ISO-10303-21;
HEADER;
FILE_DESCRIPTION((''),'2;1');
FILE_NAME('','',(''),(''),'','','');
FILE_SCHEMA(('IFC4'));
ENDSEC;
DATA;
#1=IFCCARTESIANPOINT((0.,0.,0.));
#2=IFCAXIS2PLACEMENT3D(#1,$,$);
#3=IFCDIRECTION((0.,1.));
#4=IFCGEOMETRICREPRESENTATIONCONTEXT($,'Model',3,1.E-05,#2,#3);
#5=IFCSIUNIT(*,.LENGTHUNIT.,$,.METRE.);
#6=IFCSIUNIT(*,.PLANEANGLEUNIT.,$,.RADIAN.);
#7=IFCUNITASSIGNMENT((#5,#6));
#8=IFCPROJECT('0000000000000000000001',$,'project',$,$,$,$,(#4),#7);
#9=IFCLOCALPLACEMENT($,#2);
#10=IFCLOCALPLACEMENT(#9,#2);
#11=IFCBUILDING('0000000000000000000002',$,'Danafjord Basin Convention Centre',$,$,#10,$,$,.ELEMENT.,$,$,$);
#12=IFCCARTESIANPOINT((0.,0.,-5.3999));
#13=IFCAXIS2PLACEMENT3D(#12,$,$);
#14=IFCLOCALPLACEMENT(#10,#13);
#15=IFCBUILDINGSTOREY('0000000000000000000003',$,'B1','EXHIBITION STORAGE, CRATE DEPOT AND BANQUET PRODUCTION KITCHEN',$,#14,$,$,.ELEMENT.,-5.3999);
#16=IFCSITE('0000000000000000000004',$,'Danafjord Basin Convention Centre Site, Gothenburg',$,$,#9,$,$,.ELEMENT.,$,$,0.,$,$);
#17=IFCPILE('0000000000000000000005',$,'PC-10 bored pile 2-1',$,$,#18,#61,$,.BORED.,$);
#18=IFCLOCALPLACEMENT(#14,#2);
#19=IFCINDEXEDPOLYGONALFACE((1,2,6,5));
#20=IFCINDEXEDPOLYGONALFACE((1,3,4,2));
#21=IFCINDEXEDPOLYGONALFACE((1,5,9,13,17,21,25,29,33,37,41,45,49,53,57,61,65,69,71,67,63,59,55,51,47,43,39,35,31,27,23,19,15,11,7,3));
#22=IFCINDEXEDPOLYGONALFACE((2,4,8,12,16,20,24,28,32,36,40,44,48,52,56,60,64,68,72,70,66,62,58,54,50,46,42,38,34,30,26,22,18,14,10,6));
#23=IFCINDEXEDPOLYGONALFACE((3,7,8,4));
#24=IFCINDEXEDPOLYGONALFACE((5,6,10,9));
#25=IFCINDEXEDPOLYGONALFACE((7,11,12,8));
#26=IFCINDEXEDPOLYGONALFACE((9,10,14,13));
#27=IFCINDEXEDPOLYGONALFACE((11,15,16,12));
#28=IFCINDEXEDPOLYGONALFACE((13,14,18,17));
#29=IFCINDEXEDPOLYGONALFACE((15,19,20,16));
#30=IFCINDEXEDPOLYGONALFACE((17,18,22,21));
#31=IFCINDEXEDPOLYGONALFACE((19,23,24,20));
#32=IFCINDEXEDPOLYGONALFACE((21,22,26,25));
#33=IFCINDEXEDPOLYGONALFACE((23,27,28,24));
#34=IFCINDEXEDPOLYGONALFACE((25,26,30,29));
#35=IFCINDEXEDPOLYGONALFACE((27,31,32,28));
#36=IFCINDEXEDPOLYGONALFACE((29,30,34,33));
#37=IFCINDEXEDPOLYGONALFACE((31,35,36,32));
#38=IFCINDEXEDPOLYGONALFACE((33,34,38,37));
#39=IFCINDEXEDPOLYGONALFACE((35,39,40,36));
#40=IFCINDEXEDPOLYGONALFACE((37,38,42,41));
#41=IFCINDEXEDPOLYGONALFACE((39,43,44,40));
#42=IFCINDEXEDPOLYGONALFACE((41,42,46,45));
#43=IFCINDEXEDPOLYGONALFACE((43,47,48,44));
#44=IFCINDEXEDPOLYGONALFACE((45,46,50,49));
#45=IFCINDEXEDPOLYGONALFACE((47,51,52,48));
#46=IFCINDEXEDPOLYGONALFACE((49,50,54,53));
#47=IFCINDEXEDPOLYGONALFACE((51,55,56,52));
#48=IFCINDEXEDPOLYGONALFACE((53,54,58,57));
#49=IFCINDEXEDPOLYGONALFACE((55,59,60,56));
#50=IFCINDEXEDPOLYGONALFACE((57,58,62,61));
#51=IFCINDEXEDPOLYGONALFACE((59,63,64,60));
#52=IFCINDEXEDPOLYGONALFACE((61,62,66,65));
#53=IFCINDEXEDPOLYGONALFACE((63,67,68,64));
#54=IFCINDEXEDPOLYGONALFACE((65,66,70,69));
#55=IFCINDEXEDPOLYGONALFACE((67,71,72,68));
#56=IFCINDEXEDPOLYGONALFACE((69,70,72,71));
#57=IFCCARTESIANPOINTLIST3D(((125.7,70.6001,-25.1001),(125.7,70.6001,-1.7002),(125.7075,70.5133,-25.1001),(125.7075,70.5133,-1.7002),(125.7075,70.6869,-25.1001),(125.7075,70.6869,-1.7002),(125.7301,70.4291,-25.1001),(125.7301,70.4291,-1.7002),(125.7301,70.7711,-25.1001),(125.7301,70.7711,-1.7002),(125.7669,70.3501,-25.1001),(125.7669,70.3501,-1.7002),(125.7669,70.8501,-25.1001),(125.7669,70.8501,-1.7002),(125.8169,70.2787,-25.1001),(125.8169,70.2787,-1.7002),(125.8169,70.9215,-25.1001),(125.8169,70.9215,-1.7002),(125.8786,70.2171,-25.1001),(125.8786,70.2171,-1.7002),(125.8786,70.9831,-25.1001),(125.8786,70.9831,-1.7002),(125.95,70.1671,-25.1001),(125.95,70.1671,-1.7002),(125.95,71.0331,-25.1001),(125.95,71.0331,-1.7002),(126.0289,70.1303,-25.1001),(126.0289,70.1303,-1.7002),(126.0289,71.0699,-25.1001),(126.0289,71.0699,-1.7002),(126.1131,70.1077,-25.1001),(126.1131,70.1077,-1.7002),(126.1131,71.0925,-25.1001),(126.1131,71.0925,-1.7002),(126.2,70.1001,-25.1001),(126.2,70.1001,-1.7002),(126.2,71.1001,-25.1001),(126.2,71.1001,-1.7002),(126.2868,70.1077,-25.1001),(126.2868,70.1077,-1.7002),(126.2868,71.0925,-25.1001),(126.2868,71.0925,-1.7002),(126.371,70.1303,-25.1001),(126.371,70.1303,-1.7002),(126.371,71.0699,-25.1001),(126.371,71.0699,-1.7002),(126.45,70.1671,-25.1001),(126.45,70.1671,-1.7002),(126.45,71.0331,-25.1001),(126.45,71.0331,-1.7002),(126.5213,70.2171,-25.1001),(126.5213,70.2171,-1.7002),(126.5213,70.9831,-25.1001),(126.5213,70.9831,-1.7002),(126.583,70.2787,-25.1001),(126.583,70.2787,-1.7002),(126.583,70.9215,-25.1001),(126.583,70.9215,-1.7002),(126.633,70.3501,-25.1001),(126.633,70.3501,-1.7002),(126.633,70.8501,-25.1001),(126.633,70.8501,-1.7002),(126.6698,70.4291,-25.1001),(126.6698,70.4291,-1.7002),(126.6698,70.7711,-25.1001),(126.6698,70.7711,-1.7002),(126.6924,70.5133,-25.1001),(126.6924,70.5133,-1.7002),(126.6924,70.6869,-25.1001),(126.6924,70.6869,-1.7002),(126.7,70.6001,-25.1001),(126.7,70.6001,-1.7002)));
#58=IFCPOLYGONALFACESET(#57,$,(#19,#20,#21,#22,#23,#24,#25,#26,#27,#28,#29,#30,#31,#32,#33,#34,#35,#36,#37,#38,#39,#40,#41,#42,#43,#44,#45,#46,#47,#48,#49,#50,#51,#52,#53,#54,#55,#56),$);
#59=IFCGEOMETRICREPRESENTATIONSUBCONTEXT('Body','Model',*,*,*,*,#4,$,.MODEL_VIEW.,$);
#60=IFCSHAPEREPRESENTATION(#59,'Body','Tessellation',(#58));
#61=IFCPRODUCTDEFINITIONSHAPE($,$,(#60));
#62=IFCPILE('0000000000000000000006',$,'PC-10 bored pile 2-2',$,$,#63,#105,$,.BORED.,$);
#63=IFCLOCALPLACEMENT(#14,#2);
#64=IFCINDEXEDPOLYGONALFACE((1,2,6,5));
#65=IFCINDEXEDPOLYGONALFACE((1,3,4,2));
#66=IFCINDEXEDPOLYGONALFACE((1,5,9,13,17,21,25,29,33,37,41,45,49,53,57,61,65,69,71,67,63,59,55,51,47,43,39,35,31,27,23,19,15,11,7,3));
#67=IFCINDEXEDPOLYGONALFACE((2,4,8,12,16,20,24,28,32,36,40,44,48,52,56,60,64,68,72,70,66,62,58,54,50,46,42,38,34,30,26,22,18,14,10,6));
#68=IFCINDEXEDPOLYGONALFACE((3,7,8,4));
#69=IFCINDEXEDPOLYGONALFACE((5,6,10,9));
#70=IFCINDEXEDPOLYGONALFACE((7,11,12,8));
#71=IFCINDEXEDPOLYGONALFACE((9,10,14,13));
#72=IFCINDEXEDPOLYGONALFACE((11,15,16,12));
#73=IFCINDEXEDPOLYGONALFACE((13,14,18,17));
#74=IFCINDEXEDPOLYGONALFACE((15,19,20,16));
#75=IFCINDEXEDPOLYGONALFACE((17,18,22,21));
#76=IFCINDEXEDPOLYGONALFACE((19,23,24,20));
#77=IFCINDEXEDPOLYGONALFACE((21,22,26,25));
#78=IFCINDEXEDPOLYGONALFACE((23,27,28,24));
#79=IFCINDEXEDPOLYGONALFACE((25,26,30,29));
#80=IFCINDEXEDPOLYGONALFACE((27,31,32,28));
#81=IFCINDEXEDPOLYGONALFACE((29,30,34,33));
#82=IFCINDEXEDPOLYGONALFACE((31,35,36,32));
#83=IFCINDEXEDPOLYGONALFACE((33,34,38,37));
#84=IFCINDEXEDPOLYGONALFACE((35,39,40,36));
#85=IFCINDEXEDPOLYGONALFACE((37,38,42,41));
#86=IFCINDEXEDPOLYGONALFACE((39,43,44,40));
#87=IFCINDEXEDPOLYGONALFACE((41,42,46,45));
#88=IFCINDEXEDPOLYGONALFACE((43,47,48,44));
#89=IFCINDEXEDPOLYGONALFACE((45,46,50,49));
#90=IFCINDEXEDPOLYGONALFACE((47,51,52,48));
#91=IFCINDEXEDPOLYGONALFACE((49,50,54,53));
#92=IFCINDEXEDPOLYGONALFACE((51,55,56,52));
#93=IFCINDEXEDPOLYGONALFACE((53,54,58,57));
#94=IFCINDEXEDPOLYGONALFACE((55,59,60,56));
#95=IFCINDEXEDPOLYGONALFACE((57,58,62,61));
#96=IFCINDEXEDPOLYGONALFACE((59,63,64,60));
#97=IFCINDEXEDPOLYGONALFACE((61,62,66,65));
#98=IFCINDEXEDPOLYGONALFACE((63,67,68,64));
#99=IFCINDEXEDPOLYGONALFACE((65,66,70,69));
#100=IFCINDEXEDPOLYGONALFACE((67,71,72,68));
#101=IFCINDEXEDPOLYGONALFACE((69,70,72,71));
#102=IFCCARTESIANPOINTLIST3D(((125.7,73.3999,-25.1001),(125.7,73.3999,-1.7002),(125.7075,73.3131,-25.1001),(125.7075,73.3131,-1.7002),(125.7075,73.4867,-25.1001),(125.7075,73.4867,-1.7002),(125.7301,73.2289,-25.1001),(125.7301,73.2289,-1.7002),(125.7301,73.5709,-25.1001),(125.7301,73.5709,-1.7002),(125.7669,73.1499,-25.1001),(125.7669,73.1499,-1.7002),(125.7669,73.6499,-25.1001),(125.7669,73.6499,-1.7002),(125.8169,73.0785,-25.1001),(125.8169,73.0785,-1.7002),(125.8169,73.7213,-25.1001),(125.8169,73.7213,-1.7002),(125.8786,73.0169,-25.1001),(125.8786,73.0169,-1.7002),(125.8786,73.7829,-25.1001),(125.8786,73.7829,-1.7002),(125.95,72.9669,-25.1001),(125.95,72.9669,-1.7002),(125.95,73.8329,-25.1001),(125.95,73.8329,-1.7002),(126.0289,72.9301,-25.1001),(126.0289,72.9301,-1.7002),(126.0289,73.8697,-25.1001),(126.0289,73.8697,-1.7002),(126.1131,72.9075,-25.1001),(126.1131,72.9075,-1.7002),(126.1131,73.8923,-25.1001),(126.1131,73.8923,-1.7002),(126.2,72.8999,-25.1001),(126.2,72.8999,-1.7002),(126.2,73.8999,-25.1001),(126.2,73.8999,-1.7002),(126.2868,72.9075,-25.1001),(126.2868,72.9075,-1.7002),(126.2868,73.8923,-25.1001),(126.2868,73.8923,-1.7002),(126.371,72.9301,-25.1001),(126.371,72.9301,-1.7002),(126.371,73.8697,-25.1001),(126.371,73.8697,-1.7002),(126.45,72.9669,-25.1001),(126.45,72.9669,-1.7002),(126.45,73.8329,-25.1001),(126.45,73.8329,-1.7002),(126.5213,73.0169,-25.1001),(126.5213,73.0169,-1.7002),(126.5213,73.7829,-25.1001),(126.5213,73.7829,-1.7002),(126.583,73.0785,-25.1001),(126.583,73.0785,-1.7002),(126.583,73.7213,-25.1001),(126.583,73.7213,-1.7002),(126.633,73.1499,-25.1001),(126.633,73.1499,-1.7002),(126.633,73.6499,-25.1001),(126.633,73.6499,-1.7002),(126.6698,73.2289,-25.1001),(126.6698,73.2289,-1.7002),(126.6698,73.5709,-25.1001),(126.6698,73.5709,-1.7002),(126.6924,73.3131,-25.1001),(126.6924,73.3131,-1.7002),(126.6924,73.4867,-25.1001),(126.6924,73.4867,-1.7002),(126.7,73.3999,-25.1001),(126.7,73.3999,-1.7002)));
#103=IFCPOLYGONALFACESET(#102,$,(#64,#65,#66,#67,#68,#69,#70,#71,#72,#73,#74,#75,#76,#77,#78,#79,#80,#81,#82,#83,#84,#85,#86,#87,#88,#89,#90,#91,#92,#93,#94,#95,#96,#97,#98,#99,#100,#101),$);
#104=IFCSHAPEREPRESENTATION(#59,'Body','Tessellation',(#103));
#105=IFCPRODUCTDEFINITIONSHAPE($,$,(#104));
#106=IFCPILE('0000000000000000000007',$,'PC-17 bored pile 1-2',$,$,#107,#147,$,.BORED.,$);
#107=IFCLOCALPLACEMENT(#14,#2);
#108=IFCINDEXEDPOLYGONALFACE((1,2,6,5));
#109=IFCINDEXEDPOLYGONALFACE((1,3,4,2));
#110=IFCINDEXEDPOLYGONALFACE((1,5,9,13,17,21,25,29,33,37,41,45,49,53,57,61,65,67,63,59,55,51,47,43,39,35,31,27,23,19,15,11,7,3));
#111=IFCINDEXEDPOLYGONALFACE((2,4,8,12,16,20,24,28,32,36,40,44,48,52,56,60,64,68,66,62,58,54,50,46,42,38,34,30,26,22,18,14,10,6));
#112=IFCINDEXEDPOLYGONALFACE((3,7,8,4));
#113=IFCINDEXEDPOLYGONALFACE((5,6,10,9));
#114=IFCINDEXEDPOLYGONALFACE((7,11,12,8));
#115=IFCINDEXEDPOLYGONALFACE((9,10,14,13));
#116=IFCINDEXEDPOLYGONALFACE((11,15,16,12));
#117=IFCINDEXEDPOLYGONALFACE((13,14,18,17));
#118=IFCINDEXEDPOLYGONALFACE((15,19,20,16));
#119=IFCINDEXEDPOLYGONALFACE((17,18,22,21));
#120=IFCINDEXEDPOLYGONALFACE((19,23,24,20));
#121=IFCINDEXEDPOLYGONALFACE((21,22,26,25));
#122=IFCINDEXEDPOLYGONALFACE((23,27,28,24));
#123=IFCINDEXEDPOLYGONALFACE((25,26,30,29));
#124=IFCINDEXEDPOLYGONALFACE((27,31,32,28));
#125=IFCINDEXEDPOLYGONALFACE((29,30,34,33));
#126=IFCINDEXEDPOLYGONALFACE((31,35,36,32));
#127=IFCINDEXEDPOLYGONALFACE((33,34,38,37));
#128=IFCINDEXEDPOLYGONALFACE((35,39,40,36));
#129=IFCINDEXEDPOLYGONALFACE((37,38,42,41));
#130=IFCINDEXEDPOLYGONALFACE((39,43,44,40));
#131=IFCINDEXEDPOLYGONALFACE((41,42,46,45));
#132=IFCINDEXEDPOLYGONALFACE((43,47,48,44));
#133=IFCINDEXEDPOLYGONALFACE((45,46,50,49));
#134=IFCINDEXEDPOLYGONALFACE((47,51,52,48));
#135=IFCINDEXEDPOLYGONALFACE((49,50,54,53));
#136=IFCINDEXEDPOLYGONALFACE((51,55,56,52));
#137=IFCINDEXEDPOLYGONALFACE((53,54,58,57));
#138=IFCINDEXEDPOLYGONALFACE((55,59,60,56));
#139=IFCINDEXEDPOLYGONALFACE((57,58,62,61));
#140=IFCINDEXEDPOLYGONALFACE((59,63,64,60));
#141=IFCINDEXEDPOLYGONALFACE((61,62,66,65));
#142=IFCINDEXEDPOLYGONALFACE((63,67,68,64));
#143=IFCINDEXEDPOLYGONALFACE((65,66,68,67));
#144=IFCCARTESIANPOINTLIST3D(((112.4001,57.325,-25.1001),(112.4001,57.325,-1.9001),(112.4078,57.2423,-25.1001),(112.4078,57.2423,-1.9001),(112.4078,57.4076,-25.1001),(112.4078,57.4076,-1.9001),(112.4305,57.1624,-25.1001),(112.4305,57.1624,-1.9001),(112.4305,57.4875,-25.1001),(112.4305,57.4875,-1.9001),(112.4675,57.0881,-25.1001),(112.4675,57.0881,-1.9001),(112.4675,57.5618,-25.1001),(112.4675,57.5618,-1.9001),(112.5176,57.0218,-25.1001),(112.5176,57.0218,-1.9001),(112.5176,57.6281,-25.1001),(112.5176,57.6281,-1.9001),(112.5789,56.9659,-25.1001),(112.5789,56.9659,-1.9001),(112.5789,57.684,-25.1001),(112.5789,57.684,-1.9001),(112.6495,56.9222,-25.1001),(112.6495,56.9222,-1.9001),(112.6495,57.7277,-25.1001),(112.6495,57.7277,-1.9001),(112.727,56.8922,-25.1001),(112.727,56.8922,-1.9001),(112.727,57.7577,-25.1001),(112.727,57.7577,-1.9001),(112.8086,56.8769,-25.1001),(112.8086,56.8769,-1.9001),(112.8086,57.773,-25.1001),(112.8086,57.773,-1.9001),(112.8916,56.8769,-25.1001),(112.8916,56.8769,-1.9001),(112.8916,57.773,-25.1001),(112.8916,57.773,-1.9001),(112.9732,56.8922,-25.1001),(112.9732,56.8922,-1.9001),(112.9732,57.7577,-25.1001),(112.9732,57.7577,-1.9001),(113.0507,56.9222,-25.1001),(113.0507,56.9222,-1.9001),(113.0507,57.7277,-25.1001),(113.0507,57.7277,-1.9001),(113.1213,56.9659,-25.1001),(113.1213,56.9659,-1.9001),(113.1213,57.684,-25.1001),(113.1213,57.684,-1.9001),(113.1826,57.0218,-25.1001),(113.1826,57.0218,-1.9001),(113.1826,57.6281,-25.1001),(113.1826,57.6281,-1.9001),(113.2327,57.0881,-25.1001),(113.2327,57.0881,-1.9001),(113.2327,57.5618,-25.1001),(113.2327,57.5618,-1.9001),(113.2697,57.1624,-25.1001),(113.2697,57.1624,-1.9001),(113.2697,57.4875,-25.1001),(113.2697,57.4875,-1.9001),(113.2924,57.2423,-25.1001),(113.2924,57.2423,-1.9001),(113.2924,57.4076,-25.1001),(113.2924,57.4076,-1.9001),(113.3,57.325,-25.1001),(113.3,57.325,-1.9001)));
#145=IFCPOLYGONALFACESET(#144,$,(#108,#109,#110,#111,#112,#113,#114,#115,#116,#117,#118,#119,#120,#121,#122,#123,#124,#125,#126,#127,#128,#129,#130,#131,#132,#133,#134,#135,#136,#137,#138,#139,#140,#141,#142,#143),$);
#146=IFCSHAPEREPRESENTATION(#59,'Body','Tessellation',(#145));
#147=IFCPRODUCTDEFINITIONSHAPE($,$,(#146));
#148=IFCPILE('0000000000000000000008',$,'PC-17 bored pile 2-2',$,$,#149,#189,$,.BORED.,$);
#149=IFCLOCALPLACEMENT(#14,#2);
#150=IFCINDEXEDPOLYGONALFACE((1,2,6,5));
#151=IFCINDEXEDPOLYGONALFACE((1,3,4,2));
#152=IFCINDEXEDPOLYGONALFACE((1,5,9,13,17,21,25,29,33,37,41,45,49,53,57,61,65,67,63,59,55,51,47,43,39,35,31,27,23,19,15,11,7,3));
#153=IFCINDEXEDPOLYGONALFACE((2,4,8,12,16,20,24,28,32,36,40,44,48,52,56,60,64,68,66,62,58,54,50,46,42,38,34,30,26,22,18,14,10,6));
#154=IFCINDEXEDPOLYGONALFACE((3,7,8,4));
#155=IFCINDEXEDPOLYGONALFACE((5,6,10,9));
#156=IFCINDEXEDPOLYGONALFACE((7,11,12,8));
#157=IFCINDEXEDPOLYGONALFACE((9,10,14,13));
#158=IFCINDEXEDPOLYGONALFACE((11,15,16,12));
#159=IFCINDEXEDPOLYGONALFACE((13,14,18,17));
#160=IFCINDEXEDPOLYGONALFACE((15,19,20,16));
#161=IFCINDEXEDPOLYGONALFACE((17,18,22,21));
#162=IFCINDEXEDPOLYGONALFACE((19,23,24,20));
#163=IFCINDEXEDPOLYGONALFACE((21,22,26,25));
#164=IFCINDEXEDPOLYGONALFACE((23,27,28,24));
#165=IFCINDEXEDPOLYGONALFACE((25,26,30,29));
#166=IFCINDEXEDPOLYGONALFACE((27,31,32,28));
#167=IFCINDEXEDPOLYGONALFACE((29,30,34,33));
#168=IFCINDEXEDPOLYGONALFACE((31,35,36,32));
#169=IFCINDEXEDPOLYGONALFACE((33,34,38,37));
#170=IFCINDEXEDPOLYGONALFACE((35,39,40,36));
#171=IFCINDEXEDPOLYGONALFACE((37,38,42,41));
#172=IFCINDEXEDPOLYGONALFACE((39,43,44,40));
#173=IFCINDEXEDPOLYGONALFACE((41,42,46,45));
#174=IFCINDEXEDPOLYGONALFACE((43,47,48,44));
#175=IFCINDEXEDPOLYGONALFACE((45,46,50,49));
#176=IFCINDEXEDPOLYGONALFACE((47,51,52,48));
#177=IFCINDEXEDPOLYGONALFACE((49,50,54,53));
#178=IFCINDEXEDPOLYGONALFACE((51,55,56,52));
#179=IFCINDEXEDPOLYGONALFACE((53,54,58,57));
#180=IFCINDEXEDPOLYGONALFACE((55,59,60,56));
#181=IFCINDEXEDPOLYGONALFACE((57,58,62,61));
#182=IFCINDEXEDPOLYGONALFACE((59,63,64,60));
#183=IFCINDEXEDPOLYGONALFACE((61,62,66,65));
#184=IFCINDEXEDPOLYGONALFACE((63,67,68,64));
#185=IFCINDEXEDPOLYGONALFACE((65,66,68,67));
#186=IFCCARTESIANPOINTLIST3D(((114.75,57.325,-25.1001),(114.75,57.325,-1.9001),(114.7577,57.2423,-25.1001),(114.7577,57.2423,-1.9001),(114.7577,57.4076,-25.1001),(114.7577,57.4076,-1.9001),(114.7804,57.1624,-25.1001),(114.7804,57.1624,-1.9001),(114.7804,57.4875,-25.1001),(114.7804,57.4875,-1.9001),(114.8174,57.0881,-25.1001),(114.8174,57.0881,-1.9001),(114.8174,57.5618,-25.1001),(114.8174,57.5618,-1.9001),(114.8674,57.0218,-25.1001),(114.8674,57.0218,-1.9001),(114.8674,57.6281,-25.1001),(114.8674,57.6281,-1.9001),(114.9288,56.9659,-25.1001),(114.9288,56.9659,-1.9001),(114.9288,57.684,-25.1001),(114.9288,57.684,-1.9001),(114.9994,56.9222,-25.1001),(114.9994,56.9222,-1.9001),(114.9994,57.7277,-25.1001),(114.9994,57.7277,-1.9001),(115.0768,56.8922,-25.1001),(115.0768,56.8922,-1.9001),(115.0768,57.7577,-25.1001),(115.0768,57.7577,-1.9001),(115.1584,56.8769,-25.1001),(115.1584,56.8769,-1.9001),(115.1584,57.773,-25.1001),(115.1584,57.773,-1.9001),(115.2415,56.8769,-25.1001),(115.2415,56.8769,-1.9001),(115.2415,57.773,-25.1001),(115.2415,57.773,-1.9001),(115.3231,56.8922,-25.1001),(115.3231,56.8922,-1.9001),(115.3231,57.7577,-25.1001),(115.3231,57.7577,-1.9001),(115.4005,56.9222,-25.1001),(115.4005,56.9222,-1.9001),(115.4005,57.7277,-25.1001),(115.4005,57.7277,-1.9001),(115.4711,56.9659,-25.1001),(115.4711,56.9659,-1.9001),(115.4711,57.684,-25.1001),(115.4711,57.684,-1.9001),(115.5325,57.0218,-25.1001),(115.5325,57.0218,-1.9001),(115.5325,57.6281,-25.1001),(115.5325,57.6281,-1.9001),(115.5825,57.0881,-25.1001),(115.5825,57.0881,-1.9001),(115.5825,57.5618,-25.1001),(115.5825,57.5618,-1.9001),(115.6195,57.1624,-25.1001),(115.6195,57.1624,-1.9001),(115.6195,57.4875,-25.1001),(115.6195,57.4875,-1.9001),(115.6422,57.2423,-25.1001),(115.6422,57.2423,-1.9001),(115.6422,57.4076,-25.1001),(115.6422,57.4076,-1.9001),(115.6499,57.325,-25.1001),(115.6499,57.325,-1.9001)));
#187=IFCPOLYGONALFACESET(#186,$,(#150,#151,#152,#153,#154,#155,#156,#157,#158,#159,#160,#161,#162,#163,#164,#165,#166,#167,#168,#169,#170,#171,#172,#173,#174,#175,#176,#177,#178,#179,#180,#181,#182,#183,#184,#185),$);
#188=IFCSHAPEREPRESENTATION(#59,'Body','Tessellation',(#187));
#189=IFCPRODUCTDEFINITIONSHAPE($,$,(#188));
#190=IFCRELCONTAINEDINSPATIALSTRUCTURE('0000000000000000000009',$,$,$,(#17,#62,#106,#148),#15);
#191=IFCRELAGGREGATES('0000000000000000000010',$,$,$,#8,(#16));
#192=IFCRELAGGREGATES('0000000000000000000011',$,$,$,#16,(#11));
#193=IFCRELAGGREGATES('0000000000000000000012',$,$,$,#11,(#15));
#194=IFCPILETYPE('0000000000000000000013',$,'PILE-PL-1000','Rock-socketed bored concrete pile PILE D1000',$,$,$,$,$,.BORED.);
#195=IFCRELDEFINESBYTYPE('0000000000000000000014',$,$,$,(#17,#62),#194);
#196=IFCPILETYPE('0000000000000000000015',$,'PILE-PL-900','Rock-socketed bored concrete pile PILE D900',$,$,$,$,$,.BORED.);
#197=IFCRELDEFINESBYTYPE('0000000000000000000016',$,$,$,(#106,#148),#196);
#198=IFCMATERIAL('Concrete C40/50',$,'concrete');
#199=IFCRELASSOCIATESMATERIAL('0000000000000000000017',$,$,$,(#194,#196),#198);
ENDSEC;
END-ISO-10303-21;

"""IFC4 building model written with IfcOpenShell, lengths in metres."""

from ifc_helpers import new_model, si_unit, direction, frame, origin, origin_2d, place, context, subcontext, project, spatial, circle, extrude, material, material_profile, profile_set, type_object, element, save


model = new_model("IFC4")

# Units and contexts
model_context = context("Model", 3, precision=1e-05, world=origin(), true_north=direction((0.0, 1.0)))
body_context = subcontext(model_context, "Body", "Model", "MODEL_VIEW")
ifc_project = project(units=[si_unit("LENGTHUNIT", "METRE"), si_unit("PLANEANGLEUNIT", "RADIAN")], contexts=[model_context])

# Site, building, storey
site_placement = place(None, origin())
site = spatial("IfcSite", under=ifc_project, at=site_placement, Name="Danafjord Basin Convention Centre Site, Gothenburg", CompositionType="ELEMENT", RefElevation=0.0)
building_placement = place(site_placement, origin())
building = spatial("IfcBuilding", under=site, at=building_placement, Name="Danafjord Basin Convention Centre", CompositionType="ELEMENT")
storey_placement = place(building_placement, frame((0.0, 0.0, -5.3999)))
storey = spatial("IfcBuildingStorey", under=building, at=storey_placement, Name="B1", Description="EXHIBITION STORAGE, CRATE DEPOT AND BANQUET PRODUCTION KITCHEN", CompositionType="ELEMENT", Elevation=-5.3999)

# Shared definitions
ifc_material_1 = material(Name="Concrete C40/50", Category="concrete")

# Piles
ifc_material_profile_1 = material_profile(ifc_material_1, circle(Radius=0.5, at=origin_2d()), Name="PILE D1000")
ifc_profile_set_1 = profile_set([ifc_material_profile_1], Name="Concrete C40/50")
pile_type_1 = type_object("IfcPileType", Name="PILE-PL-1000", Description="Rock-socketed bored concrete pile PILE D1000", PredefinedType="BORED", material=ifc_profile_set_1)
for number, where, z_axis, x_axis, name in (
    (1, (126.2, 70.6001, -1.7002), (0.0, 0.0, -1.0), (1.0, 0.0, 0.0), "PC-10 bored pile 2-1"),
    (2, (126.2, 73.3999, -1.7002), (0.0, 0.0, -1.0), (1.0, 0.0, 0.0), "PC-10 bored pile 2-2"),
):
    element("IfcPile", number, at=place(storey_placement, frame(where, z_axis=z_axis, x_axis=x_axis)), inside=storey, type_object=pile_type_1, Name=name, PredefinedType="BORED", context=body_context, shape_type="SweptSolid", body=[
        extrude(circle(Radius=0.5, at=origin_2d()), origin(), (0.0, 0.0, 1.0), 23.3999),
    ])
ifc_material_profile_2 = material_profile(ifc_material_1, circle(Radius=0.45, at=origin_2d()), Name="PILE D900")
ifc_profile_set_2 = profile_set([ifc_material_profile_2], Name="Concrete C40/50")
pile_type_2 = type_object("IfcPileType", Name="PILE-PL-900", Description="Rock-socketed bored concrete pile PILE D900", PredefinedType="BORED", material=ifc_profile_set_2)
for number, where, z_axis, x_axis, name in (
    (3, (112.8501, 57.325, -1.9001), (0.0, 0.0, -1.0), (1.0, 0.0, 0.0), "PC-17 bored pile 1-2"),
    (4, (115.2, 57.325, -1.9001), (0.0, 0.0, -1.0), (1.0, 0.0, 0.0), "PC-17 bored pile 2-2"),
):
    element("IfcPile", number, at=place(storey_placement, frame(where, z_axis=z_axis, x_axis=x_axis)), inside=storey, type_object=pile_type_2, Name=name, PredefinedType="BORED", context=body_context, shape_type="SweptSolid", body=[
        extrude(circle(Radius=0.45, at=origin_2d()), origin(), (0.0, 0.0, 1.0), 23.2),
    ])

save(model, "model.ifc")
